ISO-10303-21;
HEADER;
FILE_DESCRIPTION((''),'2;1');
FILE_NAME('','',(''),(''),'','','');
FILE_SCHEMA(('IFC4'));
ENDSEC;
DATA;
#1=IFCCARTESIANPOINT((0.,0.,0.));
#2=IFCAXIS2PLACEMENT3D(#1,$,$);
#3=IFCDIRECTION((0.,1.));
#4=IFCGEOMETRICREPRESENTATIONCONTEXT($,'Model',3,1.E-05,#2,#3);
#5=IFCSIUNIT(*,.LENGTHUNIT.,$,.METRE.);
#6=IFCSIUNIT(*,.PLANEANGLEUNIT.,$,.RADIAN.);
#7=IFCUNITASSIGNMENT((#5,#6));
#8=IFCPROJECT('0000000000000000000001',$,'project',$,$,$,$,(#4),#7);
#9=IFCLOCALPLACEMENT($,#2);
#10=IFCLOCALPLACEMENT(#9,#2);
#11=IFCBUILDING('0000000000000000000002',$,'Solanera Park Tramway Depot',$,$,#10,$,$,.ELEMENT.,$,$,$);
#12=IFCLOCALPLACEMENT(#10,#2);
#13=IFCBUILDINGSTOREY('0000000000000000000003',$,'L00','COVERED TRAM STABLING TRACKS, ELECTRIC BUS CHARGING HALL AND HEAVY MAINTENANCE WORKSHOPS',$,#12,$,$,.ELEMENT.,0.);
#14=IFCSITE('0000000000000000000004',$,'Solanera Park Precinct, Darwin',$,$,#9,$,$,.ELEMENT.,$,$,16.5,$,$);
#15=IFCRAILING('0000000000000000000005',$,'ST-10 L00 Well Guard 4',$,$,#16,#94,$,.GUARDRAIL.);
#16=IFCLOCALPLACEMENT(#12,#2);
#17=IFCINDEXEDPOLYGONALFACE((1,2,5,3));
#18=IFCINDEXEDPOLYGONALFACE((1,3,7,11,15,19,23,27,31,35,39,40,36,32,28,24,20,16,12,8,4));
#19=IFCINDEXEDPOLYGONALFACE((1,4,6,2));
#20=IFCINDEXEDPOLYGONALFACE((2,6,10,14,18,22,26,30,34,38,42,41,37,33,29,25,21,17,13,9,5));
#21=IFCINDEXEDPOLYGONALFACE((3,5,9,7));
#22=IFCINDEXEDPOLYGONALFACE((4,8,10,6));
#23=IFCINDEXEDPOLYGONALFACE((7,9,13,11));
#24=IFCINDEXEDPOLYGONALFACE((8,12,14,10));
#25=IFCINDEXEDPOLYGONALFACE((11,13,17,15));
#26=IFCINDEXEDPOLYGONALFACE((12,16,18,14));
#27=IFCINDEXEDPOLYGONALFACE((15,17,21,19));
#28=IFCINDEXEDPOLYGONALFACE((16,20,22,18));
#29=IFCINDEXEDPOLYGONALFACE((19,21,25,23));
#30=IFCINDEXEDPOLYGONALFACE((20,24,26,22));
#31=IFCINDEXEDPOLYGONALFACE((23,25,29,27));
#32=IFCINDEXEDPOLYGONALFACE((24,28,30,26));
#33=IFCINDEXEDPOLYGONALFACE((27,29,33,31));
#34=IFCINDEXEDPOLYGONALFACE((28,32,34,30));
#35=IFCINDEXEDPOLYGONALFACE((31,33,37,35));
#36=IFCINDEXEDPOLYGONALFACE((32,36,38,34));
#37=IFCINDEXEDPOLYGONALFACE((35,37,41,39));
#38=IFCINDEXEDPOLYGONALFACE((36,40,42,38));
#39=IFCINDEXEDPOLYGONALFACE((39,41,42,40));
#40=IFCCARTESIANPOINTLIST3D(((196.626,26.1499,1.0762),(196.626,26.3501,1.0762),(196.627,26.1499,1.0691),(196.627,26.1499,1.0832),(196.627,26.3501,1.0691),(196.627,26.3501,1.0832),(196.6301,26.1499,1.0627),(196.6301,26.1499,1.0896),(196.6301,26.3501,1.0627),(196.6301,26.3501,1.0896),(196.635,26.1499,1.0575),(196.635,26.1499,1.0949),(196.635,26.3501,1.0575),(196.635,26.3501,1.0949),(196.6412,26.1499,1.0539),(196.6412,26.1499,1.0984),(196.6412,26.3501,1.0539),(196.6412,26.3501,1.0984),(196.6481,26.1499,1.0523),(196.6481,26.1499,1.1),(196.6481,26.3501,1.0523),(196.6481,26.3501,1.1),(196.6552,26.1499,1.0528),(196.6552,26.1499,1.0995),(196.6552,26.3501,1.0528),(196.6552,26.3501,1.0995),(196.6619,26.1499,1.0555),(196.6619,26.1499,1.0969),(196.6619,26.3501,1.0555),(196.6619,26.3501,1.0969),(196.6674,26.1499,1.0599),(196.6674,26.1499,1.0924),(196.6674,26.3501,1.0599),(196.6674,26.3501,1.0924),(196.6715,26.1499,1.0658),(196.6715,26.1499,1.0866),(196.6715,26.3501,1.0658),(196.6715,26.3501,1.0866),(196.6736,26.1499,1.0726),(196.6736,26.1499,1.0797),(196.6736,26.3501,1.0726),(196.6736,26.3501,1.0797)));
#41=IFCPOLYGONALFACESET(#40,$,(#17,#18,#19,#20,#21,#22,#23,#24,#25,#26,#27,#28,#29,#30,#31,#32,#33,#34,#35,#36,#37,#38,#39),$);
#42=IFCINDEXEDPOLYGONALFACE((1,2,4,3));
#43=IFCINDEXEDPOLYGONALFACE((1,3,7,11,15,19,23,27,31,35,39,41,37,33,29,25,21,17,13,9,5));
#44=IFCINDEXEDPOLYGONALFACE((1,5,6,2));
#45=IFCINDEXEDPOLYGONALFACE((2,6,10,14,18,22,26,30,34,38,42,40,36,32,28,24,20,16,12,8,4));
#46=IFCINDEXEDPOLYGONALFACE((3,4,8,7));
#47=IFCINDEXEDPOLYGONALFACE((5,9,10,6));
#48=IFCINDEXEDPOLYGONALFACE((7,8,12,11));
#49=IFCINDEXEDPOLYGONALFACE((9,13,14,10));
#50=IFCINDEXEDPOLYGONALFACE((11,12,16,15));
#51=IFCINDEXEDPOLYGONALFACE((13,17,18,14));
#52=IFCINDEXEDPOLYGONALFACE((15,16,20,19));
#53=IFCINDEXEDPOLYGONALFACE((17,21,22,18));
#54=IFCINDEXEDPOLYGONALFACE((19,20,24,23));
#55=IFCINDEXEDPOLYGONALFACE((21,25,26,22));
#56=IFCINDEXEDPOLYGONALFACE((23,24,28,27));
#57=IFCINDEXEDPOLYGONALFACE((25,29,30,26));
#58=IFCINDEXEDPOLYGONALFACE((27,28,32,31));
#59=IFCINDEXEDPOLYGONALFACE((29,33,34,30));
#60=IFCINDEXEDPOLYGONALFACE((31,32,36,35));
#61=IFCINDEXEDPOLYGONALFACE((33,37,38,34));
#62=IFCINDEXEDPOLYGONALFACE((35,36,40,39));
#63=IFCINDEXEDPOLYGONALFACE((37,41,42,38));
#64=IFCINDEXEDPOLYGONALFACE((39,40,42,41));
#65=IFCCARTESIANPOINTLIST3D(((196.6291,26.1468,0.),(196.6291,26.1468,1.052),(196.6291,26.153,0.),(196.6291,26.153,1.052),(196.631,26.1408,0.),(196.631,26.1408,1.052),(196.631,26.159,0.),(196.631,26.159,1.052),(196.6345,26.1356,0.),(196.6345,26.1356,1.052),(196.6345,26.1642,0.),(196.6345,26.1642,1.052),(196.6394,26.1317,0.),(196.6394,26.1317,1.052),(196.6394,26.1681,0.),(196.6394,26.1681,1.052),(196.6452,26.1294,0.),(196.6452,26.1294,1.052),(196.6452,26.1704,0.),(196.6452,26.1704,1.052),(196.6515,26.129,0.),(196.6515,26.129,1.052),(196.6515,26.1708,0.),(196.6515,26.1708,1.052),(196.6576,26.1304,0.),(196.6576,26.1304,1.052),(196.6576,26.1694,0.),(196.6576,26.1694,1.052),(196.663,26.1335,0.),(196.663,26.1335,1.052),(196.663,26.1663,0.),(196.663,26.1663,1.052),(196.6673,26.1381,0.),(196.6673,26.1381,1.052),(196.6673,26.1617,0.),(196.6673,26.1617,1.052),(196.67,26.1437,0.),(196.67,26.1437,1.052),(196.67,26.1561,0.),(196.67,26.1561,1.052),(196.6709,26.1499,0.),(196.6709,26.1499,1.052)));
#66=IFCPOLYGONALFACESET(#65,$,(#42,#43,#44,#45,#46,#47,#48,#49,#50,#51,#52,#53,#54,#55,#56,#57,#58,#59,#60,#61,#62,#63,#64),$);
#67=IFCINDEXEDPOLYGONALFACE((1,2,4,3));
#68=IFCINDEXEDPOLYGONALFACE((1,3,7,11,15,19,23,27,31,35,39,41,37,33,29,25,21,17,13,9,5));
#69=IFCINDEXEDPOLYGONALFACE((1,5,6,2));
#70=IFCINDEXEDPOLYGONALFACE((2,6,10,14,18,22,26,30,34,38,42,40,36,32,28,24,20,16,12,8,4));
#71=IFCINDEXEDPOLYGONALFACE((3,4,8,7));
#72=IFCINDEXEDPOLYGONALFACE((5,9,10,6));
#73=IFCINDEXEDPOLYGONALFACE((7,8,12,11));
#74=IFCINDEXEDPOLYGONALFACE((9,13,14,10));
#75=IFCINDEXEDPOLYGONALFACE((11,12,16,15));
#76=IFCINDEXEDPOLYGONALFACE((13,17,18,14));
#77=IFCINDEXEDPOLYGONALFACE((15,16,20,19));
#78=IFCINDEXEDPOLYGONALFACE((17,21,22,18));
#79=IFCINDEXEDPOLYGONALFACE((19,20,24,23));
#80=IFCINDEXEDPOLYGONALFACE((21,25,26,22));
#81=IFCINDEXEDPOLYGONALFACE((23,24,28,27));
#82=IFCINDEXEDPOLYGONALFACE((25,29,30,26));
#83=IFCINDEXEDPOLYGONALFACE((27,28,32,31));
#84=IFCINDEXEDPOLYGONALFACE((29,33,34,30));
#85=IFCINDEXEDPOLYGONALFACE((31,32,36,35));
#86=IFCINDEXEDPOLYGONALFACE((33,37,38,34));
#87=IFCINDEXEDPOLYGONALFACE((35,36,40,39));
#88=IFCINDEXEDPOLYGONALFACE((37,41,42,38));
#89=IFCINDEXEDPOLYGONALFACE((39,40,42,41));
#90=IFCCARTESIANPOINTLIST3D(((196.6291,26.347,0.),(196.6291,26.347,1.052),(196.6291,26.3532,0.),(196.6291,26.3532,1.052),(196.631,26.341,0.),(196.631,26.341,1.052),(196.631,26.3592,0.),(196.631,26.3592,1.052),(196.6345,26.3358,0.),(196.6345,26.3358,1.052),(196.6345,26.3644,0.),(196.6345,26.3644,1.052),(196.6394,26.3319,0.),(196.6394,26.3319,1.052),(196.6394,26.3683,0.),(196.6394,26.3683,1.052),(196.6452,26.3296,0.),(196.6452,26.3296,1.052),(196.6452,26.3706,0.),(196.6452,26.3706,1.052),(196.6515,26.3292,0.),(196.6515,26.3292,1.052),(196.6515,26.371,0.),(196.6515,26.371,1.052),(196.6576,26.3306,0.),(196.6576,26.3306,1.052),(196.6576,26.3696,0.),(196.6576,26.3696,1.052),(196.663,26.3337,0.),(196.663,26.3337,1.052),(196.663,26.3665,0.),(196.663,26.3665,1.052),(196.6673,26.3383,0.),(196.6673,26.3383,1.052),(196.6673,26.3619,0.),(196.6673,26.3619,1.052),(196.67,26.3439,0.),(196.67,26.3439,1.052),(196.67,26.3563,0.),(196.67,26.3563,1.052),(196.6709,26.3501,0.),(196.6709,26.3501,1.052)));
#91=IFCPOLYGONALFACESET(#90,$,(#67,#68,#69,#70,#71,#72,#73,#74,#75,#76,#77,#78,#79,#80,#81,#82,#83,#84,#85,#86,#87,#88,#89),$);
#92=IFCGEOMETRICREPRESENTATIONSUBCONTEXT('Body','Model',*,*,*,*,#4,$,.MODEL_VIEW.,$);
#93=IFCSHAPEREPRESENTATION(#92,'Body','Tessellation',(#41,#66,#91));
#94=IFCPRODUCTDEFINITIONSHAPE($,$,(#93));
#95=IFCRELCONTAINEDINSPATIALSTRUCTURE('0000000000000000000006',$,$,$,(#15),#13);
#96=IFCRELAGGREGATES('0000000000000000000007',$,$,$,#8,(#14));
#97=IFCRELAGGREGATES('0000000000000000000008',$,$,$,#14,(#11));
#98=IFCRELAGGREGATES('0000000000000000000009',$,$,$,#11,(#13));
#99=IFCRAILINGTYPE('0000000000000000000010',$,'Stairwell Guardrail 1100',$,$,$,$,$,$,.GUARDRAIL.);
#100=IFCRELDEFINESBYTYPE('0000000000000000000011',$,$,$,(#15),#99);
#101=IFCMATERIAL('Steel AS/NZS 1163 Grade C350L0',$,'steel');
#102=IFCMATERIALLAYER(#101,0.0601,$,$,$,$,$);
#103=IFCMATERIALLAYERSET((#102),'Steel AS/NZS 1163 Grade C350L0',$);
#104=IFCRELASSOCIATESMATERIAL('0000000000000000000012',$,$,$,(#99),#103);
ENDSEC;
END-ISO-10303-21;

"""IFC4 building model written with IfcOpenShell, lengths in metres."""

from ifc_helpers import new_model, si_unit, direction, frame, origin, origin_2d, place, context, subcontext, project, spatial, circle, extrude, material, layer, layer_set, type_object, element, save


model = new_model("IFC4")

# Units and contexts
model_context = context("Model", 3, precision=1e-05, world=origin(), true_north=direction((0.0, 1.0)))
body_context = subcontext(model_context, "Body", "Model", "MODEL_VIEW")
ifc_project = project(units=[si_unit("LENGTHUNIT", "METRE"), si_unit("PLANEANGLEUNIT", "RADIAN")], contexts=[model_context])

# Site, building, storey
site_placement = place(None, origin())
site = spatial("IfcSite", under=ifc_project, at=site_placement, Name="Solanera Park Precinct, Darwin", CompositionType="ELEMENT", RefElevation=16.5)
building_placement = place(site_placement, origin())
building = spatial("IfcBuilding", under=site, at=building_placement, Name="Solanera Park Tramway Depot", CompositionType="ELEMENT")
storey_placement = place(building_placement, origin())
storey = spatial("IfcBuildingStorey", under=building, at=storey_placement, Name="L00", Description="COVERED TRAM STABLING TRACKS, ELECTRIC BUS CHARGING HALL AND HEAVY MAINTENANCE WORKSHOPS", CompositionType="ELEMENT", Elevation=0.0)

# Railing
ifc_material_1 = material(Name="Steel AS/NZS 1163 Grade C350L0", Category="steel")
ifc_layer_1 = layer(ifc_material_1, 0.0601)
ifc_layer_set_1 = layer_set([ifc_layer_1], Name="Steel AS/NZS 1163 Grade C350L0")
railing_type_1 = type_object("IfcRailingType", Name="Stairwell Guardrail 1100", PredefinedType="GUARDRAIL", material=ifc_layer_set_1)
railing_1_placement = place(storey_placement, frame((196.6499, 26.1499, 0.0)))
element("IfcRailing", 1, at=railing_1_placement, inside=storey, type_object=railing_type_1, Name="ST-10 L00 Well Guard 4", PredefinedType="GUARDRAIL", context=body_context, shape_type="SweptSolid", body=[
    extrude(circle(Radius=0.0239, at=origin_2d()), frame((0.0, 0.0, 1.0762), z_axis=(0.0, 1.0, 0.0), x_axis=(-1.0, 0.0, 0.0)), (0.0, 0.0, 1.0), 0.2002),
    extrude(circle(Radius=0.021, at=origin_2d()), origin(), (0.0, 0.0, 1.0), 1.052),
    extrude(circle(Radius=0.021, at=origin_2d()), frame((0.0, 0.2002, 0.0)), (0.0, 0.0, 1.0), 1.052),
])

save(model, "model.ifc")
